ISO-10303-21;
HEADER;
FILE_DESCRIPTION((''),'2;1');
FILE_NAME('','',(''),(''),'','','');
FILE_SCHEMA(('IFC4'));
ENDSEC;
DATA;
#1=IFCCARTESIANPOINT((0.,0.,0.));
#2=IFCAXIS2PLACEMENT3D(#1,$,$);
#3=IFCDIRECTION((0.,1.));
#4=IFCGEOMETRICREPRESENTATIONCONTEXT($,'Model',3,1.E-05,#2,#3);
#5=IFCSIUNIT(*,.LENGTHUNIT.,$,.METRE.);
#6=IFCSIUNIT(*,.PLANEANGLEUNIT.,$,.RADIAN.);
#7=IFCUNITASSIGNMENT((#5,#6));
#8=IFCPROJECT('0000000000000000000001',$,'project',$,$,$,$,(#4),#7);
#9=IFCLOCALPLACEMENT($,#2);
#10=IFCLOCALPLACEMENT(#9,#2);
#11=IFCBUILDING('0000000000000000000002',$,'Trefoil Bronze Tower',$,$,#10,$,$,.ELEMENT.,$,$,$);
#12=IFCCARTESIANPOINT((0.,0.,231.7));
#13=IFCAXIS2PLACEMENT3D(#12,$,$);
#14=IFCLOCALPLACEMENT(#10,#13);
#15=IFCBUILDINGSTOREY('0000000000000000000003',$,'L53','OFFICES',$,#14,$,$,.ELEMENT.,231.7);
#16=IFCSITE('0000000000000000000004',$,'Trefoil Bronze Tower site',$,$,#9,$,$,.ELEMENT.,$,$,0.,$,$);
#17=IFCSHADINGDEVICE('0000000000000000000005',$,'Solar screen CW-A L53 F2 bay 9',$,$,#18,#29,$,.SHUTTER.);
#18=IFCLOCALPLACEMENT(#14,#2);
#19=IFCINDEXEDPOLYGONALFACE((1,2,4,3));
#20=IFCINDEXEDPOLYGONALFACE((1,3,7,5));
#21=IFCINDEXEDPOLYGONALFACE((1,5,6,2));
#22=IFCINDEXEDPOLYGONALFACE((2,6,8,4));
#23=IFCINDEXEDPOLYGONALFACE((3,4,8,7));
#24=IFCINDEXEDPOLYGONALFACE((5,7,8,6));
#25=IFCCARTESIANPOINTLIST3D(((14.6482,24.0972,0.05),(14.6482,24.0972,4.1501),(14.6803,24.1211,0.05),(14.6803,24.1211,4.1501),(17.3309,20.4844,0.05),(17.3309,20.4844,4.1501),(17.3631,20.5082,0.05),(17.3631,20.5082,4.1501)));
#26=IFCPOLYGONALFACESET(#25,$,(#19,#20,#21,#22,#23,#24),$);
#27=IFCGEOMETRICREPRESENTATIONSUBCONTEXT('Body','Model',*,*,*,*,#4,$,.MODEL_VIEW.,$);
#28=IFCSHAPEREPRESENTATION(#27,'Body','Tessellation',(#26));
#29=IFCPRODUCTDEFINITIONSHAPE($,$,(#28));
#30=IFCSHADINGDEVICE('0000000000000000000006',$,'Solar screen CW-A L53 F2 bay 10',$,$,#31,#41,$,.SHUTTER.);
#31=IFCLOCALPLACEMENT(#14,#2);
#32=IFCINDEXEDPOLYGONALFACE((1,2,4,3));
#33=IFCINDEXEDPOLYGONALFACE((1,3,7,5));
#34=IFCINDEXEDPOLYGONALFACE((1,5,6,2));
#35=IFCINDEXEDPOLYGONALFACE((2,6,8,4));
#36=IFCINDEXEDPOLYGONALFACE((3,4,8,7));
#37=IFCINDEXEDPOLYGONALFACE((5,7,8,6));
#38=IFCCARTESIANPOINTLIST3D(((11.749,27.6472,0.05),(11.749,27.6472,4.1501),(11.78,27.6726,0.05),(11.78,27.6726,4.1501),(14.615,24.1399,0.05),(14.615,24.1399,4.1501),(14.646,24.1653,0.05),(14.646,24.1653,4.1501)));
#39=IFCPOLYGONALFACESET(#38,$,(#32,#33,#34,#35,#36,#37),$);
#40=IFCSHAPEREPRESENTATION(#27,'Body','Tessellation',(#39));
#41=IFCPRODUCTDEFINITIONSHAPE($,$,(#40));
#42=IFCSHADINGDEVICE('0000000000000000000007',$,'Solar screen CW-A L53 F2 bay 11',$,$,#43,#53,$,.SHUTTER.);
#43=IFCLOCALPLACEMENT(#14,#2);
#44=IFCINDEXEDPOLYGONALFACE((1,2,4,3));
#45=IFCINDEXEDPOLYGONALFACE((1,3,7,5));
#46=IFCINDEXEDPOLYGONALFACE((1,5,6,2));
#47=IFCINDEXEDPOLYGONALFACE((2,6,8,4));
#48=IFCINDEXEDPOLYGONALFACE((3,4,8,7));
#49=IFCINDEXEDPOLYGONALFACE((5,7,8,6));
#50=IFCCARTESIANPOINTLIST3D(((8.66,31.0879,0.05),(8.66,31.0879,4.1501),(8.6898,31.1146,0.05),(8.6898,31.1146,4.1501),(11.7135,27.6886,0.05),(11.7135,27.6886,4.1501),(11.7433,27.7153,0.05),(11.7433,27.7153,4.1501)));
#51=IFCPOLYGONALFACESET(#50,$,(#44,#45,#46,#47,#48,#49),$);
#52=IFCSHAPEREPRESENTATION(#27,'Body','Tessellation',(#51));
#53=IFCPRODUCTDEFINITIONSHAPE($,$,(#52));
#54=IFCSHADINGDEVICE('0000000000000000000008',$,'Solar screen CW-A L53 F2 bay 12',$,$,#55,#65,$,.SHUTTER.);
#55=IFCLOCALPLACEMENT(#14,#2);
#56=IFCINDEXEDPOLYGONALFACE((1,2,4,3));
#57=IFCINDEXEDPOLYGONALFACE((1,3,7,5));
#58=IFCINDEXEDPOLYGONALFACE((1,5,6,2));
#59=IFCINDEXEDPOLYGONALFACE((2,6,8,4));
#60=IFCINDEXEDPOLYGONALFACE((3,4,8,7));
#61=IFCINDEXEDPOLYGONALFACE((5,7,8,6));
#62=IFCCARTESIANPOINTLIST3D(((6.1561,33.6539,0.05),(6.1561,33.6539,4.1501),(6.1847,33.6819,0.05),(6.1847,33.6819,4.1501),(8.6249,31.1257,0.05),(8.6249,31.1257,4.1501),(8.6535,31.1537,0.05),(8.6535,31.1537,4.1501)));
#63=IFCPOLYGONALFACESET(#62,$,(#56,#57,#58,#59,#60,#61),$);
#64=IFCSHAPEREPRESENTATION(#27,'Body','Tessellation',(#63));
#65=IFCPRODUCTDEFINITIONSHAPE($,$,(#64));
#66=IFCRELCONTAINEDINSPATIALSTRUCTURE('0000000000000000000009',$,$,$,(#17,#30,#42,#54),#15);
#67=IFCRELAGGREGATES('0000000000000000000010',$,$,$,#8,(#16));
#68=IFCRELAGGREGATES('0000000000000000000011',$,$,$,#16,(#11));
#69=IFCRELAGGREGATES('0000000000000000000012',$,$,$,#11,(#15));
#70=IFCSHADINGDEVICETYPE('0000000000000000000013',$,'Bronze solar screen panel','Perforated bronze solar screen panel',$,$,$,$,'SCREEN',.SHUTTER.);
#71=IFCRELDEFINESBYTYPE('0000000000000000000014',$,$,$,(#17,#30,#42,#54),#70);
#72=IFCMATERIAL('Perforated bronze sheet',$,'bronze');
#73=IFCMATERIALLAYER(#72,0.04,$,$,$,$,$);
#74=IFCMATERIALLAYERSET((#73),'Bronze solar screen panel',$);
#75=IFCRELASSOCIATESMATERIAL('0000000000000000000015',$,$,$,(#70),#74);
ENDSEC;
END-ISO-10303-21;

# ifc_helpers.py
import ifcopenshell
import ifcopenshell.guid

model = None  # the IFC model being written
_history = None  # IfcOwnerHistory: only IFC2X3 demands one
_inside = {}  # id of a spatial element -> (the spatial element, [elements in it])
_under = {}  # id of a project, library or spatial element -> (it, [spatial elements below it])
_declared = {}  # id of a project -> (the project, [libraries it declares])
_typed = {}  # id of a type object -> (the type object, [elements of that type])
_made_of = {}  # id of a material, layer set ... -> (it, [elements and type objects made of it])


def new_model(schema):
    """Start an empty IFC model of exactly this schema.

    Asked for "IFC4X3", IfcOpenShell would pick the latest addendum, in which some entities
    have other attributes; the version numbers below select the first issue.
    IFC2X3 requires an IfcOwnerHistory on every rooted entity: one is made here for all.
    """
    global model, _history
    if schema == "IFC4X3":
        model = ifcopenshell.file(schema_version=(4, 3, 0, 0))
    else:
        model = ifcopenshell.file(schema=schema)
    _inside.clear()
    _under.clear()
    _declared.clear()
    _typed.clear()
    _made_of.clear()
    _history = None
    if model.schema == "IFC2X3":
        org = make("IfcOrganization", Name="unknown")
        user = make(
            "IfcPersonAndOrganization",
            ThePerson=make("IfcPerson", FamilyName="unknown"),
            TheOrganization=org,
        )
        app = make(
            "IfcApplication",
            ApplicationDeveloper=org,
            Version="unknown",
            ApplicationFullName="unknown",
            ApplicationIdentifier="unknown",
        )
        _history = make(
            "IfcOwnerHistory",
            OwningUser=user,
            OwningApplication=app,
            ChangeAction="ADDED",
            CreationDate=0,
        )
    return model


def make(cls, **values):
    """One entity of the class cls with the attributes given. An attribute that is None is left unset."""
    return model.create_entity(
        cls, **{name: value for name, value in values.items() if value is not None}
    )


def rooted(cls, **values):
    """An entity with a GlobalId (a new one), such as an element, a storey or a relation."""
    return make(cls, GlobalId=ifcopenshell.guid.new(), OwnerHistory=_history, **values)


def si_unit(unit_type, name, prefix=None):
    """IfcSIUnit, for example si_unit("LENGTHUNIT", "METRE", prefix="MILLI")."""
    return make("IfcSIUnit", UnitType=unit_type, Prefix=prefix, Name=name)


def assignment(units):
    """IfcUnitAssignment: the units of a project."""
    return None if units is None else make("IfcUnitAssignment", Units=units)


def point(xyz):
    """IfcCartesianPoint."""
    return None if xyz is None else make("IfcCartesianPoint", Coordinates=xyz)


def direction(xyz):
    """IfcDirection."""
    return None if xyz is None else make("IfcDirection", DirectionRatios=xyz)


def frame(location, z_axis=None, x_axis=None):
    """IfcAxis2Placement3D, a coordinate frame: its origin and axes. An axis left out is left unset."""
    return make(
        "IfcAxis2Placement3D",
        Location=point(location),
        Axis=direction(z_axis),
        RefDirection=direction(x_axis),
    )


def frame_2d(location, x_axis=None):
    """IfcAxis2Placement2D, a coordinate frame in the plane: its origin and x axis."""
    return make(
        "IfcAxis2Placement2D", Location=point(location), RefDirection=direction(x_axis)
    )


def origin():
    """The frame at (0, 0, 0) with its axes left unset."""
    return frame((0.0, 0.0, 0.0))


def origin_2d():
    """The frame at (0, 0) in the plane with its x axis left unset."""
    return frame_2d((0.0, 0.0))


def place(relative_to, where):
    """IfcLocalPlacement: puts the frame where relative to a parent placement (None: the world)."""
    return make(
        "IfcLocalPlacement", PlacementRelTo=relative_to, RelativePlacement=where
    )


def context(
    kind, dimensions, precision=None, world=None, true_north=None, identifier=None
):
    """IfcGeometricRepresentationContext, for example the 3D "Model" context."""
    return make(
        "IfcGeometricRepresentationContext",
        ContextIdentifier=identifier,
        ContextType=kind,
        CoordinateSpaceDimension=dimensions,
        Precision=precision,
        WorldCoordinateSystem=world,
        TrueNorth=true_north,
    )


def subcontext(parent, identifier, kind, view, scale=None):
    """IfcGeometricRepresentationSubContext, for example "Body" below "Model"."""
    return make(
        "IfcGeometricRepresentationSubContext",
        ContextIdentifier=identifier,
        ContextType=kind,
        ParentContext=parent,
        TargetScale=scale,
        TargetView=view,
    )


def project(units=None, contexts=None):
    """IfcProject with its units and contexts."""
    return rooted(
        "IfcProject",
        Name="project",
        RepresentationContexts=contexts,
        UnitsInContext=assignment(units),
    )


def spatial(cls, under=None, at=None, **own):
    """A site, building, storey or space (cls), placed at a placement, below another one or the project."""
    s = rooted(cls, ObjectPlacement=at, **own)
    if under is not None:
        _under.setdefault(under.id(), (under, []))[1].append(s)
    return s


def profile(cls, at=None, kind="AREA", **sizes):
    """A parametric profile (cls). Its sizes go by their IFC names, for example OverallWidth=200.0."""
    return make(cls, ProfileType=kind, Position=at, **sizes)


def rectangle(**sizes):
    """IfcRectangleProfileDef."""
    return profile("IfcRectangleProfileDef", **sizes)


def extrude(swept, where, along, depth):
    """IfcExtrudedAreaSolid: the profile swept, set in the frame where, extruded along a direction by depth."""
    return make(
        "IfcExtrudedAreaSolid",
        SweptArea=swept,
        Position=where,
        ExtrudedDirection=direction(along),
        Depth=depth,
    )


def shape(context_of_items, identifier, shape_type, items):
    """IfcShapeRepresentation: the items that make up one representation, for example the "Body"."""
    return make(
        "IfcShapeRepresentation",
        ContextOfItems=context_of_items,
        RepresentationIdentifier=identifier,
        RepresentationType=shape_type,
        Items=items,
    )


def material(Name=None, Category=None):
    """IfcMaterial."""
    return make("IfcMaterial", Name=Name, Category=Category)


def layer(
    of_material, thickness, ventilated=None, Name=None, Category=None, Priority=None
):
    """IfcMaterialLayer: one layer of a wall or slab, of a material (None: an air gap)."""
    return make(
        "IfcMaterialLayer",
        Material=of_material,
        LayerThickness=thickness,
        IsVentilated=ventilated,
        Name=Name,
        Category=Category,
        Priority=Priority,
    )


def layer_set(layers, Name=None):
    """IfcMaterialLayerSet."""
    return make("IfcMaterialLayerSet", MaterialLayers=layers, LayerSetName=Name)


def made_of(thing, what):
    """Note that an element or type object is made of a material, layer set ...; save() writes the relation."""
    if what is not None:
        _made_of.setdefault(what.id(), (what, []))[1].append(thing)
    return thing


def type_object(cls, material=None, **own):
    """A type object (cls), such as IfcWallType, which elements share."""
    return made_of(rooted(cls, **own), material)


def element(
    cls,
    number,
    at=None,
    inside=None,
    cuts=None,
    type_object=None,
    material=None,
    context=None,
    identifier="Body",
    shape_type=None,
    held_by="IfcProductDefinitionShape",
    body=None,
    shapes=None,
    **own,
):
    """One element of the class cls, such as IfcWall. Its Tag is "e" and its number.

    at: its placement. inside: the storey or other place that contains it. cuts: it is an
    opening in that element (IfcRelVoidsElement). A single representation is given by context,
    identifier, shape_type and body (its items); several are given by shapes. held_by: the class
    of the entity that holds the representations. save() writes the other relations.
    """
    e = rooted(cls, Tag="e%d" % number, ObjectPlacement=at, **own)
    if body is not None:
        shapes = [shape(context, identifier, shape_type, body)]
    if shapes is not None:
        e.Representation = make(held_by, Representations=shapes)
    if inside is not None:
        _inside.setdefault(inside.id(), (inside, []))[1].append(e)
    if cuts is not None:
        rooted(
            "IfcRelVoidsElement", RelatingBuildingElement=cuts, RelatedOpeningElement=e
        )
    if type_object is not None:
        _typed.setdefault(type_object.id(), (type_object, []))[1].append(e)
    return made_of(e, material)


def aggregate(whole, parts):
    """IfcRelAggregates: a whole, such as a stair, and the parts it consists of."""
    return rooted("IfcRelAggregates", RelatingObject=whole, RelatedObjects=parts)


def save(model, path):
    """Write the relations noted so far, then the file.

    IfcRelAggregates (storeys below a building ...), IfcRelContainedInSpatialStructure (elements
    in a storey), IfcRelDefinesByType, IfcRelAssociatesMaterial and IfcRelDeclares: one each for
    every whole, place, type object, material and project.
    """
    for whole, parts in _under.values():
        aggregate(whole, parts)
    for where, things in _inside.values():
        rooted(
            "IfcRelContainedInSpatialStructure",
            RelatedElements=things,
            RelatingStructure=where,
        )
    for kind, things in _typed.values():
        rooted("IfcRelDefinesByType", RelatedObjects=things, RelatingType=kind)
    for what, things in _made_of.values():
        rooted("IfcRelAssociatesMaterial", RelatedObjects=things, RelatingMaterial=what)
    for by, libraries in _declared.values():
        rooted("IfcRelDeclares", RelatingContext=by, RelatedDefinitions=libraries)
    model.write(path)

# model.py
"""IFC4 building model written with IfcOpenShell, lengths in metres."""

from ifc_helpers import new_model, si_unit, direction, frame, origin, origin_2d, place, context, subcontext, project, spatial, rectangle, extrude, material, layer, layer_set, type_object, element, save


model = new_model("IFC4")

# Units and contexts
model_context = context("Model", 3, precision=1e-05, world=origin(), true_north=direction((0.0, 1.0)))
body_context = subcontext(model_context, "Body", "Model", "MODEL_VIEW")
ifc_project = project(units=[si_unit("LENGTHUNIT", "METRE"), si_unit("PLANEANGLEUNIT", "RADIAN")], contexts=[model_context])

# Site, building, storey
site_placement = place(None, origin())
site = spatial("IfcSite", under=ifc_project, at=site_placement, Name="Trefoil Bronze Tower site", CompositionType="ELEMENT", RefElevation=0.0)
building_placement = place(site_placement, origin())
building = spatial("IfcBuilding", under=site, at=building_placement, Name="Trefoil Bronze Tower", CompositionType="ELEMENT")
storey_placement = place(building_placement, frame((0.0, 0.0, 231.7)))
storey = spatial("IfcBuildingStorey", under=building, at=storey_placement, Name="L53", Description="OFFICES", CompositionType="ELEMENT", Elevation=231.7)

# Shading devices
ifc_material_1 = material(Name="Perforated bronze sheet", Category="bronze")
ifc_layer_1 = layer(ifc_material_1, 0.04)
ifc_layer_set_1 = layer_set([ifc_layer_1], Name="Bronze solar screen panel")
shading_device_type = type_object("IfcShadingDeviceType", Name="Bronze solar screen panel", Description="Perforated bronze solar screen panel", ElementType="SCREEN", PredefinedType="SHUTTER", material=ifc_layer_set_1)
shading_device_1_placement = place(storey_placement, frame((16.0056, 22.3027, 0.05), z_axis=(0.0, 0.0, 1.0), x_axis=(-0.596162, 0.802865, 0.0)))
element("IfcShadingDevice", 1, at=shading_device_1_placement, inside=storey, type_object=shading_device_type, Name="Solar screen CW-A L53 F2 bay 9", PredefinedType="SHUTTER", context=body_context, shape_type="SweptSolid", body=[
    extrude(rectangle(XDim=4.5, YDim=0.04, at=origin_2d()), origin(), (0.0, 0.0, 1.0), 4.1001),
])
shading_device_2_placement = place(storey_placement, frame((13.1975, 25.9062, 0.05), z_axis=(0.0, 0.0, 1.0), x_axis=(-0.632753, 0.774354, 0.0)))
element("IfcShadingDevice", 2, at=shading_device_2_placement, inside=storey, type_object=shading_device_type, Name="Solar screen CW-A L53 F2 bay 10", PredefinedType="SHUTTER", context=body_context, shape_type="SweptSolid", body=[
    extrude(rectangle(XDim=4.5293, YDim=0.04, at=origin_2d()), origin(), (0.0, 0.0, 1.0), 4.1001),
])
shading_device_3_placement = place(storey_placement, frame((10.2017, 29.4016, 0.05), z_axis=(0.0, 0.0, 1.0), x_axis=(-0.668246, 0.743941, 0.0)))
element("IfcShadingDevice", 3, at=shading_device_3_placement, inside=storey, type_object=shading_device_type, Name="Solar screen CW-A L53 F2 bay 11", PredefinedType="SHUTTER", context=body_context, shape_type="SweptSolid", body=[
    extrude(rectangle(XDim=4.5693, YDim=0.04, at=origin_2d()), origin(), (0.0, 0.0, 1.0), 4.1001),
])
shading_device_4_placement = place(storey_placement, frame((7.4048, 32.4038, 0.05), z_axis=(0.0, 0.0, 1.0), x_axis=(-0.698652, 0.715462, 0.0)))
element("IfcShadingDevice", 4, at=shading_device_4_placement, inside=storey, type_object=shading_device_type, Name="Solar screen CW-A L53 F2 bay 12", PredefinedType="SHUTTER", context=body_context, shape_type="SweptSolid", body=[
    extrude(rectangle(XDim=3.5337, YDim=0.04, at=origin_2d()), origin(), (0.0, 0.0, 1.0), 4.1001),
])

save(model, "model.ifc")
